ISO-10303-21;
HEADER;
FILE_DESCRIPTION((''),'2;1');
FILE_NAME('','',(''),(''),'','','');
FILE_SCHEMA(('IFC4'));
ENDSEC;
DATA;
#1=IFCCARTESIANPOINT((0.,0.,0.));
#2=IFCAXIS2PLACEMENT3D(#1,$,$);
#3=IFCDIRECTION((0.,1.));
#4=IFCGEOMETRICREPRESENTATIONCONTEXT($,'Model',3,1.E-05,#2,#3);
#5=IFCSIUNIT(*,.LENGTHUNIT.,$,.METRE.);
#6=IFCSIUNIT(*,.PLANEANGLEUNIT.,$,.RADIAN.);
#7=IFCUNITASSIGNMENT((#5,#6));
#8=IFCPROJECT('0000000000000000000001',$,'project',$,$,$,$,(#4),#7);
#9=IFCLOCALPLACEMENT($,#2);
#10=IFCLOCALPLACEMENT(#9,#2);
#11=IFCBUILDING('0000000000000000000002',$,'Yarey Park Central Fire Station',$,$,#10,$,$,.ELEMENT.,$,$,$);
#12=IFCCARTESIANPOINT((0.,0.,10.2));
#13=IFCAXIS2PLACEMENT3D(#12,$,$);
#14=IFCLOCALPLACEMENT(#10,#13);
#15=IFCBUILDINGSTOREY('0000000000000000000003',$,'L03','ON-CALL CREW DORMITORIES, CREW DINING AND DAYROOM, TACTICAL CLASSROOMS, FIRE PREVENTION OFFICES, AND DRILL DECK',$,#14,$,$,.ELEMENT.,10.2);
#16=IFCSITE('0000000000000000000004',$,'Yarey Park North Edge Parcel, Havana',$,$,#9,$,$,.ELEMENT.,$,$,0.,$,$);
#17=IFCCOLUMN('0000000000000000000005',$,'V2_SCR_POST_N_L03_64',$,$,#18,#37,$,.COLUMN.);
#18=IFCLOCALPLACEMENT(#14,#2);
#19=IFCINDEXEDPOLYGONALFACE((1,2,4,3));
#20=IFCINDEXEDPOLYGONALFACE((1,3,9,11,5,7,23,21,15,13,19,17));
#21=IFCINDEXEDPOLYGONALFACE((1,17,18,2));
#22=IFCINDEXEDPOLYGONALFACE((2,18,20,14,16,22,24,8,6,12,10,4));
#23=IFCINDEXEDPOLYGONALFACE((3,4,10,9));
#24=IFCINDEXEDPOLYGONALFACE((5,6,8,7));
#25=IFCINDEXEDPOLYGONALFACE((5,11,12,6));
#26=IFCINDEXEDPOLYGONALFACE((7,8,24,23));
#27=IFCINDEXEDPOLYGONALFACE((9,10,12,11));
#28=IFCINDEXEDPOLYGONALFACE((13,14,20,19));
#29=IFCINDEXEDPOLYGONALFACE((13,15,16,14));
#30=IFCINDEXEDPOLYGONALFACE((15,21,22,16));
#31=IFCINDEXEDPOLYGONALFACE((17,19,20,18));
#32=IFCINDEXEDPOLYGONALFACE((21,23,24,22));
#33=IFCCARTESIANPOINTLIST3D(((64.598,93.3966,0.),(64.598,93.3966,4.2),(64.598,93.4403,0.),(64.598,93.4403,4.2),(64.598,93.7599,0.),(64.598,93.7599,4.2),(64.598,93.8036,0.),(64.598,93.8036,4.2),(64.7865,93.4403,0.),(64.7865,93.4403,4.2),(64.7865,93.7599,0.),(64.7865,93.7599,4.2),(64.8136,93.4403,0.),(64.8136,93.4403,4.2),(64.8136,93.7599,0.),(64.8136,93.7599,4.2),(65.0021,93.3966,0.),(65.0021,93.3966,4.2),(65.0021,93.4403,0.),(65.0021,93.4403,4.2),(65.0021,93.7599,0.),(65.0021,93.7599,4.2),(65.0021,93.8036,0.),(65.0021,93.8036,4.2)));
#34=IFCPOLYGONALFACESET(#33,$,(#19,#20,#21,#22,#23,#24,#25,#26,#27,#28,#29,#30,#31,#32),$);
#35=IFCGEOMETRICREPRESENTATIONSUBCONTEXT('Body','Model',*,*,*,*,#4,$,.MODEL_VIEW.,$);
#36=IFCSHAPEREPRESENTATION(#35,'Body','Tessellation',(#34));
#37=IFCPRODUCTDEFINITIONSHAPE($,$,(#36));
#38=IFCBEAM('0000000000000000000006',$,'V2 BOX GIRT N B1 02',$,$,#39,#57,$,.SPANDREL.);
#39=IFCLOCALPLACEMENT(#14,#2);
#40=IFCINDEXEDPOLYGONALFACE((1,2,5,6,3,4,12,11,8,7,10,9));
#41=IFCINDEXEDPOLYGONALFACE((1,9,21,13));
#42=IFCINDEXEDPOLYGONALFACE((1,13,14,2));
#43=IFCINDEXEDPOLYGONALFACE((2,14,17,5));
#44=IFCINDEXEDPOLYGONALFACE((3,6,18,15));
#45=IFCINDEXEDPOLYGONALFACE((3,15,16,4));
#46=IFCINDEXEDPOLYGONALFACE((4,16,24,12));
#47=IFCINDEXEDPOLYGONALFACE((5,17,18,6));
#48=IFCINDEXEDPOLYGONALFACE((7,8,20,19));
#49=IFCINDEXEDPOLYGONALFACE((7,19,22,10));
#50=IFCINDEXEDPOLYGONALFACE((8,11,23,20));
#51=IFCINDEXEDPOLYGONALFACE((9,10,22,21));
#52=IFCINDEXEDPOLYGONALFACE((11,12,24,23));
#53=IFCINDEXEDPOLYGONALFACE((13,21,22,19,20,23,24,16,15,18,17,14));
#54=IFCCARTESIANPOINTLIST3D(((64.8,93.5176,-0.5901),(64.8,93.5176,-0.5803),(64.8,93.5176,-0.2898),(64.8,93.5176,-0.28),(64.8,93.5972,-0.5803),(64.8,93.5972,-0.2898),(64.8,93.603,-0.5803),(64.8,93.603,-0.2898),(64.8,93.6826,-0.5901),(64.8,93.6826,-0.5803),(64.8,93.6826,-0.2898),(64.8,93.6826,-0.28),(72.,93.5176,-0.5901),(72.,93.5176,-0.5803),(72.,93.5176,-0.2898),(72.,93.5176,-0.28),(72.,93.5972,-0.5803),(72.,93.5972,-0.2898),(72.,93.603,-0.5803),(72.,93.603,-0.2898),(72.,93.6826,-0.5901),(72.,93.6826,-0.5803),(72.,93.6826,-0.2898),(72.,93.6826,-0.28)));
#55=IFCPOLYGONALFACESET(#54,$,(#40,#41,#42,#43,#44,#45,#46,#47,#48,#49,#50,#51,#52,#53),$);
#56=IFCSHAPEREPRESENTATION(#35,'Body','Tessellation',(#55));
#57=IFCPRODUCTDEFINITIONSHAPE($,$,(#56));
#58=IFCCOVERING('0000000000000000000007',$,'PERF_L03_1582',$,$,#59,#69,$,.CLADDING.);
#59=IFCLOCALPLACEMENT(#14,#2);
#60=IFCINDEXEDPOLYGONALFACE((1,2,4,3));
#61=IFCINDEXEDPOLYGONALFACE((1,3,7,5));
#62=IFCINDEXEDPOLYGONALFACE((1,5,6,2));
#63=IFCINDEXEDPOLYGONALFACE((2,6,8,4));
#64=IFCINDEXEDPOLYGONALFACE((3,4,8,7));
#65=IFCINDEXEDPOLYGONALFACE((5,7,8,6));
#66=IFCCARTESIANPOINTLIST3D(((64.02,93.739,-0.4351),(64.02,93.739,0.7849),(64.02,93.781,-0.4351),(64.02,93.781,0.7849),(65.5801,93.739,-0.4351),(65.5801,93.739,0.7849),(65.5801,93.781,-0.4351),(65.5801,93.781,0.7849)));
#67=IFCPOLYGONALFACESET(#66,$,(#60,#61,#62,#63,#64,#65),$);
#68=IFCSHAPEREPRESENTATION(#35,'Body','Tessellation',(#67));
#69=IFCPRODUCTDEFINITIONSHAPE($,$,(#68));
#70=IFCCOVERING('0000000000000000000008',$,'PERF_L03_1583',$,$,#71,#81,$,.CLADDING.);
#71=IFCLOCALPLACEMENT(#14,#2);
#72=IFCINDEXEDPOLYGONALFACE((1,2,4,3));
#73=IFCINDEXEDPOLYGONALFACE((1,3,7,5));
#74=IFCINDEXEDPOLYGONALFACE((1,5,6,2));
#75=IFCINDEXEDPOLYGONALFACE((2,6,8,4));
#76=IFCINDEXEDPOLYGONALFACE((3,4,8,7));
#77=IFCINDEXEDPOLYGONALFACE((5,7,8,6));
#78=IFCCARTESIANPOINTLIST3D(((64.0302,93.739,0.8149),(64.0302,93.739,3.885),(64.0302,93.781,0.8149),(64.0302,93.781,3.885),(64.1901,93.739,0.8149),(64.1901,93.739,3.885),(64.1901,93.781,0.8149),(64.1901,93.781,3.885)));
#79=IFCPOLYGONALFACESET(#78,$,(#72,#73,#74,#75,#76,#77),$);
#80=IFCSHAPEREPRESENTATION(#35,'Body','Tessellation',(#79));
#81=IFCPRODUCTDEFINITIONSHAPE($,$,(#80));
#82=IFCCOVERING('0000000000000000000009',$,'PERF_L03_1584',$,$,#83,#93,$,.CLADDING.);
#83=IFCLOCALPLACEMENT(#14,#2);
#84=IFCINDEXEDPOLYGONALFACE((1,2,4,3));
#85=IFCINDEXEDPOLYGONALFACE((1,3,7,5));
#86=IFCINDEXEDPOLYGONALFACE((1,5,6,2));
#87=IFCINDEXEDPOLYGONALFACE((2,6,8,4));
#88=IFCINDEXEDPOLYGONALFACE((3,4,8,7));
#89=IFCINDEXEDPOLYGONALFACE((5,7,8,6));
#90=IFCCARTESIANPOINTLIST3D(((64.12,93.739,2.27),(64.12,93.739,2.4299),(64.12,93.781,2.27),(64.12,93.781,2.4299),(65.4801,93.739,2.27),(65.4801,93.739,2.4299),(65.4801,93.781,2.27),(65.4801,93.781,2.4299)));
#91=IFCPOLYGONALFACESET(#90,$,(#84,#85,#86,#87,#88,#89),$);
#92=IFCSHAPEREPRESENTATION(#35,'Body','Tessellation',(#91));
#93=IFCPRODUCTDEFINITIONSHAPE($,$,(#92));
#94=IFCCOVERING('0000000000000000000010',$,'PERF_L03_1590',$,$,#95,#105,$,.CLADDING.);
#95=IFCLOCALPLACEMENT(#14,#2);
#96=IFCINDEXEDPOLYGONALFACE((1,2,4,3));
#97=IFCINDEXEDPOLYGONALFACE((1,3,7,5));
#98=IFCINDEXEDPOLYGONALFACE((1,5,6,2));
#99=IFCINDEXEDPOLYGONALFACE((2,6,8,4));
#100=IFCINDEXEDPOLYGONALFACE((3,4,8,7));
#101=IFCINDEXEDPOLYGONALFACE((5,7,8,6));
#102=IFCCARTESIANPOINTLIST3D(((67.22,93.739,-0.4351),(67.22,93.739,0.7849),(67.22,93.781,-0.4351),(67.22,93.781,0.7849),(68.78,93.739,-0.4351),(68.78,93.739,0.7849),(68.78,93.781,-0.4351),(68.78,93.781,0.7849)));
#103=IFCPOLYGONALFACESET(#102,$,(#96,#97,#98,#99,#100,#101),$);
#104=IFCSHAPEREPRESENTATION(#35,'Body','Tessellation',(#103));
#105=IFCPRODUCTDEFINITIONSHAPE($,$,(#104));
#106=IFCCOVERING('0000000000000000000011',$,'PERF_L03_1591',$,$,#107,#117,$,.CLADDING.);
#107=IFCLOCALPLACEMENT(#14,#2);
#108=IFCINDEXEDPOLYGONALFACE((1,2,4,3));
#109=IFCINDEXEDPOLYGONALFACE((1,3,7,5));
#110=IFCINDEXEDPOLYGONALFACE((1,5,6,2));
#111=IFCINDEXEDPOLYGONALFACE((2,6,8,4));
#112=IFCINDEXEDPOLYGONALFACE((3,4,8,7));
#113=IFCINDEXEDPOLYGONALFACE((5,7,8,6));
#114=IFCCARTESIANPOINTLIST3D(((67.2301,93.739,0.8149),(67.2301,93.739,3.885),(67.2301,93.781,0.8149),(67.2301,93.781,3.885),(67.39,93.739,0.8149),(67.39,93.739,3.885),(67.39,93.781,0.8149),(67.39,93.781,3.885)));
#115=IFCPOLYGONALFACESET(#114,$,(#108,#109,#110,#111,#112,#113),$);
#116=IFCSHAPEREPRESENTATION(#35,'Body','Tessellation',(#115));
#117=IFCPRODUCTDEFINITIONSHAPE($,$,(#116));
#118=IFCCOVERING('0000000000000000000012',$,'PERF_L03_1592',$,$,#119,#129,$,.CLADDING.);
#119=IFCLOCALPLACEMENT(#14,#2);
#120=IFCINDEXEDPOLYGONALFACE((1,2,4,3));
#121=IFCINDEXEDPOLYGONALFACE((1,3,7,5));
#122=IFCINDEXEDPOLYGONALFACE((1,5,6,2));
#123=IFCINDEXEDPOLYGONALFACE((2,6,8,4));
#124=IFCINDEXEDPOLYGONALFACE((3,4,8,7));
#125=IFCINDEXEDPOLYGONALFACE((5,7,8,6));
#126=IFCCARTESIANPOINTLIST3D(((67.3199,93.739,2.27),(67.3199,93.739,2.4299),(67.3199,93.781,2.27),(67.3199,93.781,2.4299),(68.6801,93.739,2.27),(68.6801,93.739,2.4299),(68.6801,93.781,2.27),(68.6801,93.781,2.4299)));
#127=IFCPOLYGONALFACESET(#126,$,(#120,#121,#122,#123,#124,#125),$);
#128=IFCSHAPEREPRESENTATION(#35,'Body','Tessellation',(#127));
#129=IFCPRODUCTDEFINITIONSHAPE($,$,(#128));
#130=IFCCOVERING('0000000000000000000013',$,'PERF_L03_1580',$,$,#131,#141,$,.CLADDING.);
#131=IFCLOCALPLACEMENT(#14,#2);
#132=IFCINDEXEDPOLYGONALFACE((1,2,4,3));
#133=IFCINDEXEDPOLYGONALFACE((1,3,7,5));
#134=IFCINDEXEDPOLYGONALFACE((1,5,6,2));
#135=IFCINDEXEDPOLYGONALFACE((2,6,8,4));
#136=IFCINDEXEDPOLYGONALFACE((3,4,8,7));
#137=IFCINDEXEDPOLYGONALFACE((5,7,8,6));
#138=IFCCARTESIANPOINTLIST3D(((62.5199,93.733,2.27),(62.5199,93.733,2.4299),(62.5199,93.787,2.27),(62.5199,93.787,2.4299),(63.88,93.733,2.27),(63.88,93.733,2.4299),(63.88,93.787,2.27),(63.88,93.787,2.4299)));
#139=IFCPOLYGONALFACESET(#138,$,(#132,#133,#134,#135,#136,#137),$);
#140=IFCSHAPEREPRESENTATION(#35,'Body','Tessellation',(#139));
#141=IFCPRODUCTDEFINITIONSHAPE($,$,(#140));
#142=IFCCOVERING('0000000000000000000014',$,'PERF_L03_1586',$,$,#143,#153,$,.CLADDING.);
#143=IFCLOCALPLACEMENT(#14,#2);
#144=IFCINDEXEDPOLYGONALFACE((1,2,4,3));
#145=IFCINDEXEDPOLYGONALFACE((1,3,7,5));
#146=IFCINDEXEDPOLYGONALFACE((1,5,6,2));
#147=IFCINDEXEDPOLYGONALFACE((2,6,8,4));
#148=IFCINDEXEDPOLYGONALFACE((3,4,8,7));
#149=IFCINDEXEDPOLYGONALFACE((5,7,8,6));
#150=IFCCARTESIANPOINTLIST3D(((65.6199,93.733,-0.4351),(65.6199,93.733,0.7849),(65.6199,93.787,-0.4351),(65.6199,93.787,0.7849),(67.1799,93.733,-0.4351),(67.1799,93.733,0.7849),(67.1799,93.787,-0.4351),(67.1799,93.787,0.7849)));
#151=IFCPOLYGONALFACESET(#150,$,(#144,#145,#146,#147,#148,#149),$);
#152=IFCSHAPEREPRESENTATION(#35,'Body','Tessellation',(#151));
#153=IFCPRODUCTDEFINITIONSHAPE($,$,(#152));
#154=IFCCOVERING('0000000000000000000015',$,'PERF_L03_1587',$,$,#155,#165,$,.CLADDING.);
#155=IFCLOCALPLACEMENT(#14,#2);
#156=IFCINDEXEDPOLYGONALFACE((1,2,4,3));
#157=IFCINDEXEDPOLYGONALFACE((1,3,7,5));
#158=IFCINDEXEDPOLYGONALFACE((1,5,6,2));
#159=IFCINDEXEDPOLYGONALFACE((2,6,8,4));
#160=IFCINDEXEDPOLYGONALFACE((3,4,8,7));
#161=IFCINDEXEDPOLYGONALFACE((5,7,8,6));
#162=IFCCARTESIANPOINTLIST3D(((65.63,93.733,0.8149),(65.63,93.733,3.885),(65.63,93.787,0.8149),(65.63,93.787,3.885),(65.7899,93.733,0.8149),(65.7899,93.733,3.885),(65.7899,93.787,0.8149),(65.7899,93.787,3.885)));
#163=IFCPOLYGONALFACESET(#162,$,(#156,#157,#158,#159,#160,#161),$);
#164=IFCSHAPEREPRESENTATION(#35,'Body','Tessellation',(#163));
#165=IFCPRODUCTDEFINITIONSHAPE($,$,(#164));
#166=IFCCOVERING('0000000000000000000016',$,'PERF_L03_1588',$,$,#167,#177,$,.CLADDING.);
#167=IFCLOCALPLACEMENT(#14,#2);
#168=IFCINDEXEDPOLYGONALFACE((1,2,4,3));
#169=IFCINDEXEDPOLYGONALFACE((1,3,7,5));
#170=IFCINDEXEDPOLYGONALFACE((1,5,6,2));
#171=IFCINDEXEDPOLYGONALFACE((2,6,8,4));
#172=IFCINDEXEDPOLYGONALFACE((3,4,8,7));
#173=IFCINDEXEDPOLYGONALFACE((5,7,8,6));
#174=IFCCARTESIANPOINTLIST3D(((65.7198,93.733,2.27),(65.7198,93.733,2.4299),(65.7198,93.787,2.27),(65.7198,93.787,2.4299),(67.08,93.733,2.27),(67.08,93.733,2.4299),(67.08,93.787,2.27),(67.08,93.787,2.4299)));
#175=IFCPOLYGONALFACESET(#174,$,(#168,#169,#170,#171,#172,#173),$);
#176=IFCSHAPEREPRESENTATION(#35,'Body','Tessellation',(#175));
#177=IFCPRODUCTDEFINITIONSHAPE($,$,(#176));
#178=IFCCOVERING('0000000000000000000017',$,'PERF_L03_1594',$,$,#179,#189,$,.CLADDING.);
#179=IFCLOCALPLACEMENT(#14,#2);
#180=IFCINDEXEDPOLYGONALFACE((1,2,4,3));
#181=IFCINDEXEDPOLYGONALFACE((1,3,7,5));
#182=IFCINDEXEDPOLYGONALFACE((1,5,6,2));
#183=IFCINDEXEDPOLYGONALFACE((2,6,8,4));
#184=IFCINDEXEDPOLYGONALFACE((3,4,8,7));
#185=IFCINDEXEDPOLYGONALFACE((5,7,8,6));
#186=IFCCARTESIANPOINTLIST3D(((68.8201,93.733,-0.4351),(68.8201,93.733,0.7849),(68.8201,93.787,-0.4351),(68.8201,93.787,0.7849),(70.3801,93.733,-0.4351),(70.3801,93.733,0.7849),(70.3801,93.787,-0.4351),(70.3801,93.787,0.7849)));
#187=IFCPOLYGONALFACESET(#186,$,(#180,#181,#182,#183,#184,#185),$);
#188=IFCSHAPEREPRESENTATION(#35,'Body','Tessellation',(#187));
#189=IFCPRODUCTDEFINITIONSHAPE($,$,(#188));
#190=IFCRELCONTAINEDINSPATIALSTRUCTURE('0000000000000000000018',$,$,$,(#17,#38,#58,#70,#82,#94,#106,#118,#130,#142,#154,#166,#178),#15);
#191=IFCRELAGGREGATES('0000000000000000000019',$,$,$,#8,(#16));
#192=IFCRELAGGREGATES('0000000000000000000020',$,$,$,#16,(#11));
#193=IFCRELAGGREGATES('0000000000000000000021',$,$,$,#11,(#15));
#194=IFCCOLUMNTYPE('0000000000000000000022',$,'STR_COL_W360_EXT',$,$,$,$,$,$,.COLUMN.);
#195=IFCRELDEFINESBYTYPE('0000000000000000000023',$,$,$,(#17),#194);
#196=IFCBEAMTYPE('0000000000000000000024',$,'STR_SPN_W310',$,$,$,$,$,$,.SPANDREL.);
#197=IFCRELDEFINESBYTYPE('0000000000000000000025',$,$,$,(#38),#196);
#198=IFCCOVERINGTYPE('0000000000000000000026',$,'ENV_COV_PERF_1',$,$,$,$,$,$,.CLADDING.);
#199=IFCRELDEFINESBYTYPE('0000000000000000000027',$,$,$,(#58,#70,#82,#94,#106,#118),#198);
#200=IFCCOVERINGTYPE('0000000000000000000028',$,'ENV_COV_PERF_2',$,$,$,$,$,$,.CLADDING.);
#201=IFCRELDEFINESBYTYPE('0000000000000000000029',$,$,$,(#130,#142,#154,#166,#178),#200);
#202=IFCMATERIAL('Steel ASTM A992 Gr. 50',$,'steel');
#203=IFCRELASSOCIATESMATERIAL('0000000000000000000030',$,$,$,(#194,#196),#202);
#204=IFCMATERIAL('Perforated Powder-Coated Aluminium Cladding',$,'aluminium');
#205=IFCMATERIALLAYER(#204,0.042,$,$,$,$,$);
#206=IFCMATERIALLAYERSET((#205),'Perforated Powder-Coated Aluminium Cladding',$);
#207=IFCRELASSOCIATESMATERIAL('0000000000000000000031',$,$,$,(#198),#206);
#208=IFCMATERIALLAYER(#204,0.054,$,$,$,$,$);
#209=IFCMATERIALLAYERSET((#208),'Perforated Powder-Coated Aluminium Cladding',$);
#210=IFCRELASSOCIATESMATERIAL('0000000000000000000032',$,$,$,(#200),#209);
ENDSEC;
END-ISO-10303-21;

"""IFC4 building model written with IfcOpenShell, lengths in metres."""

from ifc_helpers import new_model, si_unit, direction, frame, origin, origin_2d, place, context, subcontext, project, spatial, rectangle, i_section, extrude, material, layer, layer_set, material_profile, profile_set, type_object, element, save


model = new_model("IFC4")

# Units and contexts
model_context = context("Model", 3, precision=1e-05, world=origin(), true_north=direction((0.0, 1.0)))
body_context = subcontext(model_context, "Body", "Model", "MODEL_VIEW")
ifc_project = project(units=[si_unit("LENGTHUNIT", "METRE"), si_unit("PLANEANGLEUNIT", "RADIAN")], contexts=[model_context])

# Site, building, storey
site_placement = place(None, origin())
site = spatial("IfcSite", under=ifc_project, at=site_placement, Name="Yarey Park North Edge Parcel, Havana", CompositionType="ELEMENT", RefElevation=0.0)
building_placement = place(site_placement, origin())
building = spatial("IfcBuilding", under=site, at=building_placement, Name="Yarey Park Central Fire Station", CompositionType="ELEMENT")
storey_placement = place(building_placement, frame((0.0, 0.0, 10.2)))
storey = spatial("IfcBuildingStorey", under=building, at=storey_placement, Name="L03", Description="ON-CALL CREW DORMITORIES, CREW DINING AND DAYROOM, TACTICAL CLASSROOMS, FIRE PREVENTION OFFICES, AND DRILL DECK", CompositionType="ELEMENT", Elevation=10.2)

# Column
ifc_material_1 = material(Name="Steel ASTM A992 Gr. 50", Category="steel")
ifc_material_profile_1 = material_profile(ifc_material_1, i_section(OverallWidth=0.4041, OverallDepth=0.407, WebThickness=0.0271, FlangeThickness=0.0437, at=origin_2d()), Name="W360x347")
ifc_profile_set_1 = profile_set([ifc_material_profile_1], Name="Steel ASTM A992 Gr. 50")
column_type = type_object("IfcColumnType", Name="STR_COL_W360_EXT", PredefinedType="COLUMN", material=ifc_profile_set_1)
column_placement = place(storey_placement, frame((64.8, 93.6001, 0.0), z_axis=(0.0, 0.0, 1.0), x_axis=(1.0, 0.0, 0.0)))
element("IfcColumn", 1, at=column_placement, inside=storey, type_object=column_type, Name="V2_SCR_POST_N_L03_64", PredefinedType="COLUMN", context=body_context, shape_type="SweptSolid", body=[
    extrude(i_section(OverallWidth=0.4041, OverallDepth=0.407, WebThickness=0.0271, FlangeThickness=0.0437, at=origin_2d()), origin(), (0.0, 0.0, 1.0), 4.2),
])

# Beam
ifc_material_profile_2 = material_profile(ifc_material_1, i_section(OverallWidth=0.165, OverallDepth=0.3101, WebThickness=0.0059, FlangeThickness=0.0098, at=origin_2d()), Name="W310x39")
ifc_profile_set_2 = profile_set([ifc_material_profile_2], Name="Steel ASTM A992 Gr. 50")
beam_type = type_object("IfcBeamType", Name="STR_SPN_W310", PredefinedType="SPANDREL", material=ifc_profile_set_2)
beam_placement = place(storey_placement, frame((64.8, 93.6001, -0.4351), z_axis=(1.0, 0.0, 0.0), x_axis=(0.0, 1.0, 0.0)))
element("IfcBeam", 2, at=beam_placement, inside=storey, type_object=beam_type, Name="V2 BOX GIRT N B1 02", PredefinedType="SPANDREL", context=body_context, shape_type="SweptSolid", body=[
    extrude(i_section(OverallWidth=0.165, OverallDepth=0.3101, WebThickness=0.0059, FlangeThickness=0.0098, at=origin_2d()), origin(), (0.0, 0.0, 1.0), 7.2),
])

# Coverings
ifc_material_2 = material(Name="Perforated Powder-Coated Aluminium Cladding", Category="aluminium")
ifc_layer_1 = layer(ifc_material_2, 0.042)
ifc_layer_set_1 = layer_set([ifc_layer_1], Name="Perforated Powder-Coated Aluminium Cladding")
covering_type_1 = type_object("IfcCoveringType", Name="ENV_COV_PERF_1", PredefinedType="CLADDING", material=ifc_layer_set_1)
covering_1_placement = place(storey_placement, frame((64.8, 93.76, -0.4351), z_axis=(0.0, 0.0, 1.0), x_axis=(1.0, 0.0, 0.0)))
element("IfcCovering", 3, at=covering_1_placement, inside=storey, type_object=covering_type_1, Name="PERF_L03_1582", PredefinedType="CLADDING", context=body_context, shape_type="SweptSolid", body=[
    extrude(rectangle(XDim=1.5601, YDim=0.042, at=origin_2d()), origin(), (0.0, 0.0, 1.0), 1.22),
])
covering_2_placement = place(storey_placement, frame((64.1101, 93.76, 0.8149), z_axis=(0.0, 0.0, 1.0), x_axis=(1.0, 0.0, 0.0)))
element("IfcCovering", 4, at=covering_2_placement, inside=storey, type_object=covering_type_1, Name="PERF_L03_1583", PredefinedType="CLADDING", context=body_context, shape_type="SweptSolid", body=[
    extrude(rectangle(XDim=0.1599, YDim=0.042, at=origin_2d()), origin(), (0.0, 0.0, 1.0), 3.0701),
])
covering_3_placement = place(storey_placement, frame((64.8, 93.76, 2.27), z_axis=(0.0, 0.0, 1.0), x_axis=(1.0, 0.0, 0.0)))
element("IfcCovering", 5, at=covering_3_placement, inside=storey, type_object=covering_type_1, Name="PERF_L03_1584", PredefinedType="CLADDING", context=body_context, shape_type="SweptSolid", body=[
    extrude(rectangle(XDim=1.3601, YDim=0.042, at=origin_2d()), origin(), (0.0, 0.0, 1.0), 0.1599),
])
covering_4_placement = place(storey_placement, frame((68.0, 93.76, -0.4351), z_axis=(0.0, 0.0, 1.0), x_axis=(1.0, 0.0, 0.0)))
element("IfcCovering", 6, at=covering_4_placement, inside=storey, type_object=covering_type_1, Name="PERF_L03_1590", PredefinedType="CLADDING", context=body_context, shape_type="SweptSolid", body=[
    extrude(rectangle(XDim=1.5601, YDim=0.042, at=origin_2d()), origin(), (0.0, 0.0, 1.0), 1.22),
])
covering_5_placement = place(storey_placement, frame((67.3101, 93.76, 0.8149), z_axis=(0.0, 0.0, 1.0), x_axis=(1.0, 0.0, 0.0)))
element("IfcCovering", 7, at=covering_5_placement, inside=storey, type_object=covering_type_1, Name="PERF_L03_1591", PredefinedType="CLADDING", context=body_context, shape_type="SweptSolid", body=[
    extrude(rectangle(XDim=0.1599, YDim=0.042, at=origin_2d()), origin(), (0.0, 0.0, 1.0), 3.0701),
])
covering_6_placement = place(storey_placement, frame((68.0, 93.76, 2.27), z_axis=(0.0, 0.0, 1.0), x_axis=(1.0, 0.0, 0.0)))
element("IfcCovering", 8, at=covering_6_placement, inside=storey, type_object=covering_type_1, Name="PERF_L03_1592", PredefinedType="CLADDING", context=body_context, shape_type="SweptSolid", body=[
    extrude(rectangle(XDim=1.3601, YDim=0.042, at=origin_2d()), origin(), (0.0, 0.0, 1.0), 0.1599),
])
ifc_layer_2 = layer(ifc_material_2, 0.054)
ifc_layer_set_2 = layer_set([ifc_layer_2], Name="Perforated Powder-Coated Aluminium Cladding")
covering_type_2 = type_object("IfcCoveringType", Name="ENV_COV_PERF_2", PredefinedType="CLADDING", material=ifc_layer_set_2)
covering_7_placement = place(storey_placement, frame((63.2, 93.76, 2.27), z_axis=(0.0, 0.0, 1.0), x_axis=(1.0, 0.0, 0.0)))
element("IfcCovering", 9, at=covering_7_placement, inside=storey, type_object=covering_type_2, Name="PERF_L03_1580", PredefinedType="CLADDING", context=body_context, shape_type="SweptSolid", body=[
    extrude(rectangle(XDim=1.3601, YDim=0.054, at=origin_2d()), origin(), (0.0, 0.0, 1.0), 0.1599),
])
covering_8_placement = place(storey_placement, frame((66.3999, 93.76, -0.4351), z_axis=(0.0, 0.0, 1.0), x_axis=(1.0, 0.0, 0.0)))
element("IfcCovering", 10, at=covering_8_placement, inside=storey, type_object=covering_type_2, Name="PERF_L03_1586", PredefinedType="CLADDING", context=body_context, shape_type="SweptSolid", body=[
    extrude(rectangle(XDim=1.5601, YDim=0.054, at=origin_2d()), origin(), (0.0, 0.0, 1.0), 1.22),
])
covering_9_placement = place(storey_placement, frame((65.71, 93.76, 0.8149), z_axis=(0.0, 0.0, 1.0), x_axis=(1.0, 0.0, 0.0)))
element("IfcCovering", 11, at=covering_9_placement, inside=storey, type_object=covering_type_2, Name="PERF_L03_1587", PredefinedType="CLADDING", context=body_context, shape_type="SweptSolid", body=[
    extrude(rectangle(XDim=0.1599, YDim=0.054, at=origin_2d()), origin(), (0.0, 0.0, 1.0), 3.0701),
])
covering_10_placement = place(storey_placement, frame((66.3999, 93.76, 2.27), z_axis=(0.0, 0.0, 1.0), x_axis=(1.0, 0.0, 0.0)))
element("IfcCovering", 12, at=covering_10_placement, inside=storey, type_object=covering_type_2, Name="PERF_L03_1588", PredefinedType="CLADDING", context=body_context, shape_type="SweptSolid", body=[
    extrude(rectangle(XDim=1.3601, YDim=0.054, at=origin_2d()), origin(), (0.0, 0.0, 1.0), 0.1599),
])
covering_11_placement = place(storey_placement, frame((69.6001, 93.76, -0.4351), z_axis=(0.0, 0.0, 1.0), x_axis=(1.0, 0.0, 0.0)))
element("IfcCovering", 13, at=covering_11_placement, inside=storey, type_object=covering_type_2, Name="PERF_L03_1594", PredefinedType="CLADDING", context=body_context, shape_type="SweptSolid", body=[
    extrude(rectangle(XDim=1.5601, YDim=0.054, at=origin_2d()), origin(), (0.0, 0.0, 1.0), 1.22),
])

save(model, "model.ifc")
